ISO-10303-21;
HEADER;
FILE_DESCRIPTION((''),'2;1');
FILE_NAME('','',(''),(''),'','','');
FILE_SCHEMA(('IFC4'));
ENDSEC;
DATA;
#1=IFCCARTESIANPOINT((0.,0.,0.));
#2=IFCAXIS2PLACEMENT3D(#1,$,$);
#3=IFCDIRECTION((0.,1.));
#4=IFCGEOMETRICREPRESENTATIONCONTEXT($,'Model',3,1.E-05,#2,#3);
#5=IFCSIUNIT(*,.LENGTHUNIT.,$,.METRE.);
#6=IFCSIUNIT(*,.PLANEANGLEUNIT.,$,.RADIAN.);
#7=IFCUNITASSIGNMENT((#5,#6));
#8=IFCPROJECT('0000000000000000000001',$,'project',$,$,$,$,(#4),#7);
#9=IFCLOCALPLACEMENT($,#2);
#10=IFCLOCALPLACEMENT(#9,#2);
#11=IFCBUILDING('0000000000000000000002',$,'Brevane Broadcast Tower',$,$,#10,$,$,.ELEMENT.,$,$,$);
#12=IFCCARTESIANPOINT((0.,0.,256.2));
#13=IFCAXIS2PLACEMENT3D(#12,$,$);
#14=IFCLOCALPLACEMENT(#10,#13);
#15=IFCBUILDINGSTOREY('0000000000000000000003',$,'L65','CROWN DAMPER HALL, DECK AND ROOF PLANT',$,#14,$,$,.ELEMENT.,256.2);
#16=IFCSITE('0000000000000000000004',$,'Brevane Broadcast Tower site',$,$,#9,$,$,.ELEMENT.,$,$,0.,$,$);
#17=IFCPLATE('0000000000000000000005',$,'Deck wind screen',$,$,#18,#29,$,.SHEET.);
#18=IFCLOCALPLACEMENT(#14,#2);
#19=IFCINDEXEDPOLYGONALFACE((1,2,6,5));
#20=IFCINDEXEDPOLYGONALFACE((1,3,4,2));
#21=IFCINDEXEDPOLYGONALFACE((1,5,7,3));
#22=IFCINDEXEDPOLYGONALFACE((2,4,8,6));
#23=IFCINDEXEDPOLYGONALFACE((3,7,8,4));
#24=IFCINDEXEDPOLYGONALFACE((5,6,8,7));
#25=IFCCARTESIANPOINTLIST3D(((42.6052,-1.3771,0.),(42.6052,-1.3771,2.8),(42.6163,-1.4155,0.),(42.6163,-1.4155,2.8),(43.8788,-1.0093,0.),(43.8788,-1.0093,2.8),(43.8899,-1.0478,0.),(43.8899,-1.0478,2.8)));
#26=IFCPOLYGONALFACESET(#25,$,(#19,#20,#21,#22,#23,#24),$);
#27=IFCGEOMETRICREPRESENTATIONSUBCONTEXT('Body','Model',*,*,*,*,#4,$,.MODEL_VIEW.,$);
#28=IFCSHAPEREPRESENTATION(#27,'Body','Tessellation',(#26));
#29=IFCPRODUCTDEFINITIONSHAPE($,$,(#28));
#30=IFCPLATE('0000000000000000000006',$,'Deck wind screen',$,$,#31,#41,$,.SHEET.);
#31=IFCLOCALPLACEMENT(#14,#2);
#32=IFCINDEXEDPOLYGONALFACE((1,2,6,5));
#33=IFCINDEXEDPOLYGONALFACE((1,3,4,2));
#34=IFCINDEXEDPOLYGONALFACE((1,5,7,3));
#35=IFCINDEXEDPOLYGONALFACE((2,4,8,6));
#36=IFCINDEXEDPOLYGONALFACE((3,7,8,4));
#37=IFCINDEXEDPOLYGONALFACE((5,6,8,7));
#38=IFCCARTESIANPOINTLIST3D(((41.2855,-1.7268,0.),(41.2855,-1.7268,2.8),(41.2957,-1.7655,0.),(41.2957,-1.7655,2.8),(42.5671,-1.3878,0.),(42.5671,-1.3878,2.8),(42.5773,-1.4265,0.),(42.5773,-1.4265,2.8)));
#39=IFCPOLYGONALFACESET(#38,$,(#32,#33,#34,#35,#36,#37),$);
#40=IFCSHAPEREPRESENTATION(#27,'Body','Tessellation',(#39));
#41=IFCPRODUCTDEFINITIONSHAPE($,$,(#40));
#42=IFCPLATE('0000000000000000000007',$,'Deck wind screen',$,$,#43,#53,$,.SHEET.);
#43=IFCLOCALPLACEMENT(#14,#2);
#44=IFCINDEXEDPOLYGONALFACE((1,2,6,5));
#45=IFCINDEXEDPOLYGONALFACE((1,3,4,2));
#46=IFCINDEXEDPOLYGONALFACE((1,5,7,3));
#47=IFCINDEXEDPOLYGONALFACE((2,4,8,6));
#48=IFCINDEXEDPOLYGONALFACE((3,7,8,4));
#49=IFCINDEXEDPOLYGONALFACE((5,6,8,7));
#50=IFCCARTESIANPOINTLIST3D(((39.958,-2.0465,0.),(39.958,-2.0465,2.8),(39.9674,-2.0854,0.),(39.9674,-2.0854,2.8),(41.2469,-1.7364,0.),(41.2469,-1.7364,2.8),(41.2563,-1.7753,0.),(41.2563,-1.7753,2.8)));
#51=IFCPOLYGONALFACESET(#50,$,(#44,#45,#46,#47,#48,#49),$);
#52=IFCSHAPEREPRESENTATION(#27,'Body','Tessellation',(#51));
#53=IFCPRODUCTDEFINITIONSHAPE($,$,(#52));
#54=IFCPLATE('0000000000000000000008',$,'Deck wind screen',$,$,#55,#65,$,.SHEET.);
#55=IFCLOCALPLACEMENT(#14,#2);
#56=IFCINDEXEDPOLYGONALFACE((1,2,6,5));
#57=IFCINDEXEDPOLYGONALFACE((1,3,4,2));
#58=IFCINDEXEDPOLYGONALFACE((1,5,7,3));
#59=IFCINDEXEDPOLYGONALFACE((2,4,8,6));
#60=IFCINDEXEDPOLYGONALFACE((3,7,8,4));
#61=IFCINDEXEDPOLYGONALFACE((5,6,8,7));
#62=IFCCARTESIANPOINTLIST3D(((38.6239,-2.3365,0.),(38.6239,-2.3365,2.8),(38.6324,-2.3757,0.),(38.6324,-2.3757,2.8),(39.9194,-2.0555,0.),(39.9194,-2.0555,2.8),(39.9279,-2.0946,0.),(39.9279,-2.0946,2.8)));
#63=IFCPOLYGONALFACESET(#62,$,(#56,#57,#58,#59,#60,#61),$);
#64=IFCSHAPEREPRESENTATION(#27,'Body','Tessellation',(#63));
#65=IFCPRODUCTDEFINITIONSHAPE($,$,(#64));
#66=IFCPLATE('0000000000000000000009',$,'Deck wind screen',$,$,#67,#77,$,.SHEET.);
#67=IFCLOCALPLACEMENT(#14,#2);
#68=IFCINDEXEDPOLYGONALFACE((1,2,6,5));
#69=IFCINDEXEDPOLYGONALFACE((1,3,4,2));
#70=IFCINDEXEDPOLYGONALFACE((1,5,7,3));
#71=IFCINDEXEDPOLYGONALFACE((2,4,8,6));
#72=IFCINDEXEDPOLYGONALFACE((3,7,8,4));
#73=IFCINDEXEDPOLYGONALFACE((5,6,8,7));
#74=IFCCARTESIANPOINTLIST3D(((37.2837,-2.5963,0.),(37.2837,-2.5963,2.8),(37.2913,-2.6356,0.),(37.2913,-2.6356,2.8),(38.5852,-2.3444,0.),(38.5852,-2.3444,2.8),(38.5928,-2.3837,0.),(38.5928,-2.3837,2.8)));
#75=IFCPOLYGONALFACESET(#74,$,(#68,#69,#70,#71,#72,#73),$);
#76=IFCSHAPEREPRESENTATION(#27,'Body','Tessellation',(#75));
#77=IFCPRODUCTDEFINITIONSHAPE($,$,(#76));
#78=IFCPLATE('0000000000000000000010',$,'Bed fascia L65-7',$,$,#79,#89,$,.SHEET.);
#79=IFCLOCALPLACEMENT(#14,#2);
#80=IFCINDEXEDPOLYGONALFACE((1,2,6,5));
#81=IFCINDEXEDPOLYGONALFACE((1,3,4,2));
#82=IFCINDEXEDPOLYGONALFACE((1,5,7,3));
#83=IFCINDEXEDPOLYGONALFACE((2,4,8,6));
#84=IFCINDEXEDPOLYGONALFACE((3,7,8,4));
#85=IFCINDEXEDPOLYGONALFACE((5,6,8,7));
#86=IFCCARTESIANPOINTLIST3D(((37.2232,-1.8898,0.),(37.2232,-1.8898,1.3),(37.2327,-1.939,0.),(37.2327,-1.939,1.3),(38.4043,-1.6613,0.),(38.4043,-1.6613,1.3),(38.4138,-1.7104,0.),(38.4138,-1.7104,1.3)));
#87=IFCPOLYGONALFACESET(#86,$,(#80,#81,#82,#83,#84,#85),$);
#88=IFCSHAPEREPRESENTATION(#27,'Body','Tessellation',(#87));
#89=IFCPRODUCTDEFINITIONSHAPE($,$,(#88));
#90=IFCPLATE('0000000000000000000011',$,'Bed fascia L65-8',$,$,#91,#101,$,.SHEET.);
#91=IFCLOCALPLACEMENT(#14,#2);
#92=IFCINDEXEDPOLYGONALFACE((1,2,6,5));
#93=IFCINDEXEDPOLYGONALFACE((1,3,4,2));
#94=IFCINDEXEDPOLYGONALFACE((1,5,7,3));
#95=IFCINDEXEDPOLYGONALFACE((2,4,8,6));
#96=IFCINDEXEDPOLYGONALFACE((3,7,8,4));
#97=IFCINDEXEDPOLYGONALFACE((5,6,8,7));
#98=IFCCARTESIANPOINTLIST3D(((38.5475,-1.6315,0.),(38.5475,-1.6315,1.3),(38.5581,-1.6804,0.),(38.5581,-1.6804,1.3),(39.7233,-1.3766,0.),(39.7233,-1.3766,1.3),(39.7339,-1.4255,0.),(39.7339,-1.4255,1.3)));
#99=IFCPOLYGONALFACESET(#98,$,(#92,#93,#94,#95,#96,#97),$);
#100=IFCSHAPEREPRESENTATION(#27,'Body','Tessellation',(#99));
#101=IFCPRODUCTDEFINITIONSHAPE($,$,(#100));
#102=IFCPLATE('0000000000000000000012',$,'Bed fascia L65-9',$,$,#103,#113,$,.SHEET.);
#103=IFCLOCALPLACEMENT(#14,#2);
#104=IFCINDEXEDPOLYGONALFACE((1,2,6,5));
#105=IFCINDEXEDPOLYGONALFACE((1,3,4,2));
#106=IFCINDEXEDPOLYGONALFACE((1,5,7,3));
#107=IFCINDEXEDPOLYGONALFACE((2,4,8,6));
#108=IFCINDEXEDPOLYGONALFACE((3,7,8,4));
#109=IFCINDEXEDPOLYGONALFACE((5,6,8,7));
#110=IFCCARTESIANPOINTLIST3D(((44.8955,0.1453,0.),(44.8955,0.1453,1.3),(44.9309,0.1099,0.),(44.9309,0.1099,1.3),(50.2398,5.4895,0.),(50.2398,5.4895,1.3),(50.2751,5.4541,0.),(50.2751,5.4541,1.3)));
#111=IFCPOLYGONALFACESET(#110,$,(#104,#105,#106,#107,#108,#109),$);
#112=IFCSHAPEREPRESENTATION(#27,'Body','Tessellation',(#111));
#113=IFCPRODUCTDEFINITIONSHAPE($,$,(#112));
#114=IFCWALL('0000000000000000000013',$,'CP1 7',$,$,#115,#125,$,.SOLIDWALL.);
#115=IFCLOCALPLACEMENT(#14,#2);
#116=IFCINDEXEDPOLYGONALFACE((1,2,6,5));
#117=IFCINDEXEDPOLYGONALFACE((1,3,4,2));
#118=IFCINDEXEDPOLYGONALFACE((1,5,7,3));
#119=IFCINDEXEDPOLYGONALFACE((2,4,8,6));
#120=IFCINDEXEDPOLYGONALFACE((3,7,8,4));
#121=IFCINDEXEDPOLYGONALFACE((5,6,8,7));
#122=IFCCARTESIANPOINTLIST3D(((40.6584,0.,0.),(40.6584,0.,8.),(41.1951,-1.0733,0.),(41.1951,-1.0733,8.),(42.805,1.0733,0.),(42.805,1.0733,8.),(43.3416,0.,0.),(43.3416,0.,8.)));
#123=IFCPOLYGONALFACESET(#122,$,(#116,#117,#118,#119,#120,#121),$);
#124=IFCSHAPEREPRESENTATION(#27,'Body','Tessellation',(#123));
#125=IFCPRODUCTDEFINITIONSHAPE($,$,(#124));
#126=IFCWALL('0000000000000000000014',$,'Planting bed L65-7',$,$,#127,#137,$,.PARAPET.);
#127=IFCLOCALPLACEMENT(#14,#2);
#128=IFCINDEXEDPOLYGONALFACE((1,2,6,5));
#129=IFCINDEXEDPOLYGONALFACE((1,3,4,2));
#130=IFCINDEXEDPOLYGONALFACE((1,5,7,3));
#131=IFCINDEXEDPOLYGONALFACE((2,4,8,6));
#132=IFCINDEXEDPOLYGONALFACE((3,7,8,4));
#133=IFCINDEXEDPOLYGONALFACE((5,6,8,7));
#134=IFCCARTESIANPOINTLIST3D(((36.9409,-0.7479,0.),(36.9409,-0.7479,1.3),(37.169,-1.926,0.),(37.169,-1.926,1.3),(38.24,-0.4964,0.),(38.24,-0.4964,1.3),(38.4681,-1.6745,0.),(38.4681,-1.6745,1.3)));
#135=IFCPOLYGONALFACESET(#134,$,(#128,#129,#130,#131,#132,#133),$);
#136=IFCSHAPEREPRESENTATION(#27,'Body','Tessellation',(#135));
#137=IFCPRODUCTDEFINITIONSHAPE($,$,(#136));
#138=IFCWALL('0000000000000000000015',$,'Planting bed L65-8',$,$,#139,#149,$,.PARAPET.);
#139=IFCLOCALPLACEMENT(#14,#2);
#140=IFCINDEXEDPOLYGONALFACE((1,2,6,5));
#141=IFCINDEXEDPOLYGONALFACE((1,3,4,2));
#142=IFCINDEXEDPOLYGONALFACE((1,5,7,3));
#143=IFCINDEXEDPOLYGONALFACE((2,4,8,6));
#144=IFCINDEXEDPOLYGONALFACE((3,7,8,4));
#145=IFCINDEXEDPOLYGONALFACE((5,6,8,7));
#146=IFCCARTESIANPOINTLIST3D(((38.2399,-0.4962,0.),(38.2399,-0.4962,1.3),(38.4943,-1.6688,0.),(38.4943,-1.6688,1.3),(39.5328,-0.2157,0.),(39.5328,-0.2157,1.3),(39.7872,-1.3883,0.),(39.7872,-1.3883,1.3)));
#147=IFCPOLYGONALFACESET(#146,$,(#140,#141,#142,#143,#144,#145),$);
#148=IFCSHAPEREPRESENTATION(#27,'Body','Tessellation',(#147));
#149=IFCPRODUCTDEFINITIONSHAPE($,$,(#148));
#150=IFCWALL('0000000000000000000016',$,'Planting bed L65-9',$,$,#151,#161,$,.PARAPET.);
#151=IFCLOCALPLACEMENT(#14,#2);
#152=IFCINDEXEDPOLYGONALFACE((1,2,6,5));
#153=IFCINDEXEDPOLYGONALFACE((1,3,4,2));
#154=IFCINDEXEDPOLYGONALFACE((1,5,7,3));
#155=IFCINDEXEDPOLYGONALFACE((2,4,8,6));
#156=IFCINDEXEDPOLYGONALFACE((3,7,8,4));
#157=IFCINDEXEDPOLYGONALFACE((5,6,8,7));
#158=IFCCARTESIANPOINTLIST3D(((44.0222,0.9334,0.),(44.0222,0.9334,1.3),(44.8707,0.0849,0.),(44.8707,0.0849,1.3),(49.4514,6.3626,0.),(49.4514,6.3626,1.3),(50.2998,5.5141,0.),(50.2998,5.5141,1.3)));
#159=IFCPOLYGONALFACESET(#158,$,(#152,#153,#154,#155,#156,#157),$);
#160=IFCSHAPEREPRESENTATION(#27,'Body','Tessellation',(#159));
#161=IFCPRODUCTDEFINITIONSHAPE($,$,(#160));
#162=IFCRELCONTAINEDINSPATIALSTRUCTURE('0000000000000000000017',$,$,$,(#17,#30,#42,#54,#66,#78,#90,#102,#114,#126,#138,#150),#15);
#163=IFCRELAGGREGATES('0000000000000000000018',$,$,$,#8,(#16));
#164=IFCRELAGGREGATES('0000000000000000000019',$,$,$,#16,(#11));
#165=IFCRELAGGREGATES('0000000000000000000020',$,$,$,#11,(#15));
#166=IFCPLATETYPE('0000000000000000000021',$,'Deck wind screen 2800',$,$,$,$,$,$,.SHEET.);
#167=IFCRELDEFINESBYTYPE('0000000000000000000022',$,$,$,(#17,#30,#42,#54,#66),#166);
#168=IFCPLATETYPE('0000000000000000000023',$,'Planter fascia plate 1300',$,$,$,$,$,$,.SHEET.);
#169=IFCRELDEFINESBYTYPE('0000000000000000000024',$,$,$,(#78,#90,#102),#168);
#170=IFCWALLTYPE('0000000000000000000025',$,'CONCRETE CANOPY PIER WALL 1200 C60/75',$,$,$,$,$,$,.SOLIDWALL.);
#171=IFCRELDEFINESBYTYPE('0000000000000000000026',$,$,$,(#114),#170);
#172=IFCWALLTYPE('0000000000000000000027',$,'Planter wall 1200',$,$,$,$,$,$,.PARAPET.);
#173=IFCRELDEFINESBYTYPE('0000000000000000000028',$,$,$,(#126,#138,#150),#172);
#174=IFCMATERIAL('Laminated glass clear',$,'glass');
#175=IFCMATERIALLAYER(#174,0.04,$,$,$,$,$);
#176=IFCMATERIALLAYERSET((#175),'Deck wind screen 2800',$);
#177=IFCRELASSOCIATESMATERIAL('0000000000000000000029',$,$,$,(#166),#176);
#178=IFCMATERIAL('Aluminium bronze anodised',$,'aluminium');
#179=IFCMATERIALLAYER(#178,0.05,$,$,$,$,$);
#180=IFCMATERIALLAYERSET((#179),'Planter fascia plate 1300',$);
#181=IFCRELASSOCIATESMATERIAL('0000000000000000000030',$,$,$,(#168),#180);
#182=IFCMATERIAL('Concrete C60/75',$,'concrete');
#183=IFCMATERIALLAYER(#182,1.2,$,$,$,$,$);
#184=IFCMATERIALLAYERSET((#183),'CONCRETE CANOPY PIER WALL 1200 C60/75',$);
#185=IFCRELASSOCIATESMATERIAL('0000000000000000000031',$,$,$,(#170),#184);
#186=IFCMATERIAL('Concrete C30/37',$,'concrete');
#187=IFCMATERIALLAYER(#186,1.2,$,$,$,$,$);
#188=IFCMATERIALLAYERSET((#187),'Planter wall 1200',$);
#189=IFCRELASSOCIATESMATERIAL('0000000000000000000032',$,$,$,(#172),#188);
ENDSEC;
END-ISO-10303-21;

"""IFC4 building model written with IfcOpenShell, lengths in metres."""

from ifc_helpers import new_model, si_unit, direction, frame, frame_2d, origin, origin_2d, place, context, subcontext, project, spatial, polyline, rectangle, outline, extrude, material, layer, layer_set, type_object, element, save


model = new_model("IFC4")

# Units and contexts
model_context = context("Model", 3, precision=1e-05, world=origin(), true_north=direction((0.0, 1.0)))
body_context = subcontext(model_context, "Body", "Model", "MODEL_VIEW")
ifc_project = project(units=[si_unit("LENGTHUNIT", "METRE"), si_unit("PLANEANGLEUNIT", "RADIAN")], contexts=[model_context])

# Site, building, storey
site_placement = place(None, origin())
site = spatial("IfcSite", under=ifc_project, at=site_placement, Name="Brevane Broadcast Tower site", CompositionType="ELEMENT", RefElevation=0.0)
building_placement = place(site_placement, origin())
building = spatial("IfcBuilding", under=site, at=building_placement, Name="Brevane Broadcast Tower", CompositionType="ELEMENT")
storey_placement = place(building_placement, frame((0.0, 0.0, 256.2)))
storey = spatial("IfcBuildingStorey", under=building, at=storey_placement, Name="L65", Description="CROWN DAMPER HALL, DECK AND ROOF PLANT", CompositionType="ELEMENT", Elevation=256.2)

# Plates
ifc_material_1 = material(Name="Laminated glass clear", Category="glass")
ifc_layer_1 = layer(ifc_material_1, 0.04)
ifc_layer_set_1 = layer_set([ifc_layer_1], Name="Deck wind screen 2800")
plate_type_1 = type_object("IfcPlateType", Name="Deck wind screen 2800", PredefinedType="SHEET", material=ifc_layer_set_1)
for number, where, z_axis, x_axis, name in (
    (1, (43.2476, -1.2124, 0.0), (0.0, 0.0, 1.0), (-0.960751, -0.277414, 0.0), "Deck wind screen"),
    (2, (41.9314, -1.5767, 0.0), (0.0, 0.0, 1.0), (-0.966746, -0.25574, 0.0), "Deck wind screen"),
    (3, (40.6072, -1.9109, 0.0), (0.0, 0.0, 1.0), (-0.972252, -0.233937, 0.0), "Deck wind screen"),
    (4, (39.2759, -2.2156, 0.0), (0.0, 0.0, 1.0), (-0.977266, -0.212016, 0.0), "Deck wind screen"),
    (5, (37.9382, -2.49, 0.0), (0.0, 0.0, 1.0), (-0.981787, -0.189987, 0.0), "Deck wind screen"),
):
    element("IfcPlate", number, at=place(storey_placement, frame(where, z_axis=z_axis, x_axis=x_axis)), inside=storey, type_object=plate_type_1, Name=name, PredefinedType="SHEET", context=body_context, shape_type="SweptSolid", body=[
        extrude(rectangle(XDim=1.3257, YDim=0.04, at=origin_2d()), origin(), (0.0, 0.0, 1.0), 2.8),
    ])
ifc_material_2 = material(Name="Aluminium bronze anodised", Category="aluminium")
ifc_layer_2 = layer(ifc_material_2, 0.05)
ifc_layer_set_2 = layer_set([ifc_layer_2], Name="Planter fascia plate 1300")
plate_type_2 = type_object("IfcPlateType", Name="Planter fascia plate 1300", PredefinedType="SHEET", material=ifc_layer_set_2)
plate_1_placement = place(storey_placement, frame((37.2327, -1.939, 0.0), z_axis=(0.189946, -0.981795, 0.0), x_axis=(0.981795, 0.189946, 0.0)))
element("IfcPlate", 6, at=plate_1_placement, inside=storey, type_object=plate_type_2, Name="Bed fascia L65-7", PredefinedType="SHEET", context=body_context, shape_type="SweptSolid", body=[
    extrude(outline(polyline([(0.0, 0.0), (1.2031, 0.0), (1.2031, 1.3), (0.0, 1.3), (0.0, 0.0)])), origin(), (0.0, 0.0, -1.0), 0.05),
])
plate_2_placement = place(storey_placement, frame((38.5581, -1.6804, 0.0), z_axis=(0.211857, -0.977301, 0.0), x_axis=(0.977301, 0.211857, 0.0)))
element("IfcPlate", 7, at=plate_2_placement, inside=storey, type_object=plate_type_2, Name="Bed fascia L65-8", PredefinedType="SHEET", context=body_context, shape_type="SweptSolid", body=[
    extrude(outline(polyline([(0.0, 0.0), (1.2031, 0.0), (1.2031, 1.3), (0.0, 1.3), (0.0, 0.0)])), origin(), (0.0, 0.0, -1.0), 0.05),
])
plate_3_placement = place(storey_placement, frame((44.9309, 0.1099, 0.0), z_axis=(0.707107, -0.707107, 0.0), x_axis=(0.707107, 0.707107, 0.0)))
element("IfcPlate", 8, at=plate_3_placement, inside=storey, type_object=plate_type_2, Name="Bed fascia L65-9", PredefinedType="SHEET", context=body_context, shape_type="SweptSolid", body=[
    extrude(outline(polyline([(0.0, 0.0), (7.5579, 0.0), (7.5579, 1.3), (0.0, 1.3), (0.0, 0.0)])), origin(), (0.0, 0.0, -1.0), 0.05),
])

# Walls
ifc_material_3 = material(Name="Concrete C60/75", Category="concrete")
ifc_layer_3 = layer(ifc_material_3, 1.2)
ifc_layer_set_3 = layer_set([ifc_layer_3], Name="CONCRETE CANOPY PIER WALL 1200 C60/75")
wall_type_1 = type_object("IfcWallType", Name="CONCRETE CANOPY PIER WALL 1200 C60/75", PredefinedType="SOLIDWALL", material=ifc_layer_set_3)
wall_1_placement = place(storey_placement, frame((40.9268, -0.5366, 0.0), z_axis=(0.0, 0.0, 1.0), x_axis=(0.894427, 0.447214, 0.0)))
element("IfcWall", 9, at=wall_1_placement, inside=storey, type_object=wall_type_1, Name="CP1 7", PredefinedType="SOLIDWALL", context=body_context, shape_type="SweptSolid", body=[
    extrude(rectangle(XDim=2.3999, YDim=1.2, at=frame_2d((1.2, 0.0))), origin(), (0.0, 0.0, 1.0), 8.0),
])
ifc_material_4 = material(Name="Concrete C30/37", Category="concrete")
ifc_layer_4 = layer(ifc_material_4, 1.2)
ifc_layer_set_4 = layer_set([ifc_layer_4], Name="Planter wall 1200")
wall_type_2 = type_object("IfcWallType", Name="Planter wall 1200", PredefinedType="PARAPET", material=ifc_layer_set_4)
wall_2_placement = place(storey_placement, frame((37.0549, -1.3369, 0.0), z_axis=(0.0, 0.0, 1.0), x_axis=(0.981775, 0.190045, 0.0)))
element("IfcWall", 10, at=wall_2_placement, inside=storey, type_object=wall_type_2, Name="Planting bed L65-7", PredefinedType="PARAPET", context=body_context, shape_type="SweptSolid", body=[
    extrude(rectangle(XDim=1.3232, YDim=1.2, at=frame_2d((0.6616, 0.0))), origin(), (0.0, 0.0, 1.0), 1.3),
])
wall_3_placement = place(storey_placement, frame((38.3669, -1.0825, 0.0), z_axis=(0.0, 0.0, 1.0), x_axis=(0.977265, 0.212024, 0.0)))
element("IfcWall", 11, at=wall_3_placement, inside=storey, type_object=wall_type_2, Name="Planting bed L65-8", PredefinedType="PARAPET", context=body_context, shape_type="SweptSolid", body=[
    extrude(rectangle(XDim=1.323, YDim=1.2, at=frame_2d((0.6616, 0.0))), origin(), (0.0, 0.0, 1.0), 1.3),
])
wall_4_placement = place(storey_placement, frame((44.4465, 0.5093, 0.0), z_axis=(0.0, 0.0, 1.0), x_axis=(0.707107, 0.707107, 0.0)))
element("IfcWall", 12, at=wall_4_placement, inside=storey, type_object=wall_type_2, Name="Planting bed L65-9", PredefinedType="PARAPET", context=body_context, shape_type="SweptSolid", body=[
    extrude(rectangle(XDim=7.678, YDim=1.2, at=frame_2d((3.8389, 0.0))), origin(), (0.0, 0.0, 1.0), 1.3),
])

save(model, "model.ifc")
